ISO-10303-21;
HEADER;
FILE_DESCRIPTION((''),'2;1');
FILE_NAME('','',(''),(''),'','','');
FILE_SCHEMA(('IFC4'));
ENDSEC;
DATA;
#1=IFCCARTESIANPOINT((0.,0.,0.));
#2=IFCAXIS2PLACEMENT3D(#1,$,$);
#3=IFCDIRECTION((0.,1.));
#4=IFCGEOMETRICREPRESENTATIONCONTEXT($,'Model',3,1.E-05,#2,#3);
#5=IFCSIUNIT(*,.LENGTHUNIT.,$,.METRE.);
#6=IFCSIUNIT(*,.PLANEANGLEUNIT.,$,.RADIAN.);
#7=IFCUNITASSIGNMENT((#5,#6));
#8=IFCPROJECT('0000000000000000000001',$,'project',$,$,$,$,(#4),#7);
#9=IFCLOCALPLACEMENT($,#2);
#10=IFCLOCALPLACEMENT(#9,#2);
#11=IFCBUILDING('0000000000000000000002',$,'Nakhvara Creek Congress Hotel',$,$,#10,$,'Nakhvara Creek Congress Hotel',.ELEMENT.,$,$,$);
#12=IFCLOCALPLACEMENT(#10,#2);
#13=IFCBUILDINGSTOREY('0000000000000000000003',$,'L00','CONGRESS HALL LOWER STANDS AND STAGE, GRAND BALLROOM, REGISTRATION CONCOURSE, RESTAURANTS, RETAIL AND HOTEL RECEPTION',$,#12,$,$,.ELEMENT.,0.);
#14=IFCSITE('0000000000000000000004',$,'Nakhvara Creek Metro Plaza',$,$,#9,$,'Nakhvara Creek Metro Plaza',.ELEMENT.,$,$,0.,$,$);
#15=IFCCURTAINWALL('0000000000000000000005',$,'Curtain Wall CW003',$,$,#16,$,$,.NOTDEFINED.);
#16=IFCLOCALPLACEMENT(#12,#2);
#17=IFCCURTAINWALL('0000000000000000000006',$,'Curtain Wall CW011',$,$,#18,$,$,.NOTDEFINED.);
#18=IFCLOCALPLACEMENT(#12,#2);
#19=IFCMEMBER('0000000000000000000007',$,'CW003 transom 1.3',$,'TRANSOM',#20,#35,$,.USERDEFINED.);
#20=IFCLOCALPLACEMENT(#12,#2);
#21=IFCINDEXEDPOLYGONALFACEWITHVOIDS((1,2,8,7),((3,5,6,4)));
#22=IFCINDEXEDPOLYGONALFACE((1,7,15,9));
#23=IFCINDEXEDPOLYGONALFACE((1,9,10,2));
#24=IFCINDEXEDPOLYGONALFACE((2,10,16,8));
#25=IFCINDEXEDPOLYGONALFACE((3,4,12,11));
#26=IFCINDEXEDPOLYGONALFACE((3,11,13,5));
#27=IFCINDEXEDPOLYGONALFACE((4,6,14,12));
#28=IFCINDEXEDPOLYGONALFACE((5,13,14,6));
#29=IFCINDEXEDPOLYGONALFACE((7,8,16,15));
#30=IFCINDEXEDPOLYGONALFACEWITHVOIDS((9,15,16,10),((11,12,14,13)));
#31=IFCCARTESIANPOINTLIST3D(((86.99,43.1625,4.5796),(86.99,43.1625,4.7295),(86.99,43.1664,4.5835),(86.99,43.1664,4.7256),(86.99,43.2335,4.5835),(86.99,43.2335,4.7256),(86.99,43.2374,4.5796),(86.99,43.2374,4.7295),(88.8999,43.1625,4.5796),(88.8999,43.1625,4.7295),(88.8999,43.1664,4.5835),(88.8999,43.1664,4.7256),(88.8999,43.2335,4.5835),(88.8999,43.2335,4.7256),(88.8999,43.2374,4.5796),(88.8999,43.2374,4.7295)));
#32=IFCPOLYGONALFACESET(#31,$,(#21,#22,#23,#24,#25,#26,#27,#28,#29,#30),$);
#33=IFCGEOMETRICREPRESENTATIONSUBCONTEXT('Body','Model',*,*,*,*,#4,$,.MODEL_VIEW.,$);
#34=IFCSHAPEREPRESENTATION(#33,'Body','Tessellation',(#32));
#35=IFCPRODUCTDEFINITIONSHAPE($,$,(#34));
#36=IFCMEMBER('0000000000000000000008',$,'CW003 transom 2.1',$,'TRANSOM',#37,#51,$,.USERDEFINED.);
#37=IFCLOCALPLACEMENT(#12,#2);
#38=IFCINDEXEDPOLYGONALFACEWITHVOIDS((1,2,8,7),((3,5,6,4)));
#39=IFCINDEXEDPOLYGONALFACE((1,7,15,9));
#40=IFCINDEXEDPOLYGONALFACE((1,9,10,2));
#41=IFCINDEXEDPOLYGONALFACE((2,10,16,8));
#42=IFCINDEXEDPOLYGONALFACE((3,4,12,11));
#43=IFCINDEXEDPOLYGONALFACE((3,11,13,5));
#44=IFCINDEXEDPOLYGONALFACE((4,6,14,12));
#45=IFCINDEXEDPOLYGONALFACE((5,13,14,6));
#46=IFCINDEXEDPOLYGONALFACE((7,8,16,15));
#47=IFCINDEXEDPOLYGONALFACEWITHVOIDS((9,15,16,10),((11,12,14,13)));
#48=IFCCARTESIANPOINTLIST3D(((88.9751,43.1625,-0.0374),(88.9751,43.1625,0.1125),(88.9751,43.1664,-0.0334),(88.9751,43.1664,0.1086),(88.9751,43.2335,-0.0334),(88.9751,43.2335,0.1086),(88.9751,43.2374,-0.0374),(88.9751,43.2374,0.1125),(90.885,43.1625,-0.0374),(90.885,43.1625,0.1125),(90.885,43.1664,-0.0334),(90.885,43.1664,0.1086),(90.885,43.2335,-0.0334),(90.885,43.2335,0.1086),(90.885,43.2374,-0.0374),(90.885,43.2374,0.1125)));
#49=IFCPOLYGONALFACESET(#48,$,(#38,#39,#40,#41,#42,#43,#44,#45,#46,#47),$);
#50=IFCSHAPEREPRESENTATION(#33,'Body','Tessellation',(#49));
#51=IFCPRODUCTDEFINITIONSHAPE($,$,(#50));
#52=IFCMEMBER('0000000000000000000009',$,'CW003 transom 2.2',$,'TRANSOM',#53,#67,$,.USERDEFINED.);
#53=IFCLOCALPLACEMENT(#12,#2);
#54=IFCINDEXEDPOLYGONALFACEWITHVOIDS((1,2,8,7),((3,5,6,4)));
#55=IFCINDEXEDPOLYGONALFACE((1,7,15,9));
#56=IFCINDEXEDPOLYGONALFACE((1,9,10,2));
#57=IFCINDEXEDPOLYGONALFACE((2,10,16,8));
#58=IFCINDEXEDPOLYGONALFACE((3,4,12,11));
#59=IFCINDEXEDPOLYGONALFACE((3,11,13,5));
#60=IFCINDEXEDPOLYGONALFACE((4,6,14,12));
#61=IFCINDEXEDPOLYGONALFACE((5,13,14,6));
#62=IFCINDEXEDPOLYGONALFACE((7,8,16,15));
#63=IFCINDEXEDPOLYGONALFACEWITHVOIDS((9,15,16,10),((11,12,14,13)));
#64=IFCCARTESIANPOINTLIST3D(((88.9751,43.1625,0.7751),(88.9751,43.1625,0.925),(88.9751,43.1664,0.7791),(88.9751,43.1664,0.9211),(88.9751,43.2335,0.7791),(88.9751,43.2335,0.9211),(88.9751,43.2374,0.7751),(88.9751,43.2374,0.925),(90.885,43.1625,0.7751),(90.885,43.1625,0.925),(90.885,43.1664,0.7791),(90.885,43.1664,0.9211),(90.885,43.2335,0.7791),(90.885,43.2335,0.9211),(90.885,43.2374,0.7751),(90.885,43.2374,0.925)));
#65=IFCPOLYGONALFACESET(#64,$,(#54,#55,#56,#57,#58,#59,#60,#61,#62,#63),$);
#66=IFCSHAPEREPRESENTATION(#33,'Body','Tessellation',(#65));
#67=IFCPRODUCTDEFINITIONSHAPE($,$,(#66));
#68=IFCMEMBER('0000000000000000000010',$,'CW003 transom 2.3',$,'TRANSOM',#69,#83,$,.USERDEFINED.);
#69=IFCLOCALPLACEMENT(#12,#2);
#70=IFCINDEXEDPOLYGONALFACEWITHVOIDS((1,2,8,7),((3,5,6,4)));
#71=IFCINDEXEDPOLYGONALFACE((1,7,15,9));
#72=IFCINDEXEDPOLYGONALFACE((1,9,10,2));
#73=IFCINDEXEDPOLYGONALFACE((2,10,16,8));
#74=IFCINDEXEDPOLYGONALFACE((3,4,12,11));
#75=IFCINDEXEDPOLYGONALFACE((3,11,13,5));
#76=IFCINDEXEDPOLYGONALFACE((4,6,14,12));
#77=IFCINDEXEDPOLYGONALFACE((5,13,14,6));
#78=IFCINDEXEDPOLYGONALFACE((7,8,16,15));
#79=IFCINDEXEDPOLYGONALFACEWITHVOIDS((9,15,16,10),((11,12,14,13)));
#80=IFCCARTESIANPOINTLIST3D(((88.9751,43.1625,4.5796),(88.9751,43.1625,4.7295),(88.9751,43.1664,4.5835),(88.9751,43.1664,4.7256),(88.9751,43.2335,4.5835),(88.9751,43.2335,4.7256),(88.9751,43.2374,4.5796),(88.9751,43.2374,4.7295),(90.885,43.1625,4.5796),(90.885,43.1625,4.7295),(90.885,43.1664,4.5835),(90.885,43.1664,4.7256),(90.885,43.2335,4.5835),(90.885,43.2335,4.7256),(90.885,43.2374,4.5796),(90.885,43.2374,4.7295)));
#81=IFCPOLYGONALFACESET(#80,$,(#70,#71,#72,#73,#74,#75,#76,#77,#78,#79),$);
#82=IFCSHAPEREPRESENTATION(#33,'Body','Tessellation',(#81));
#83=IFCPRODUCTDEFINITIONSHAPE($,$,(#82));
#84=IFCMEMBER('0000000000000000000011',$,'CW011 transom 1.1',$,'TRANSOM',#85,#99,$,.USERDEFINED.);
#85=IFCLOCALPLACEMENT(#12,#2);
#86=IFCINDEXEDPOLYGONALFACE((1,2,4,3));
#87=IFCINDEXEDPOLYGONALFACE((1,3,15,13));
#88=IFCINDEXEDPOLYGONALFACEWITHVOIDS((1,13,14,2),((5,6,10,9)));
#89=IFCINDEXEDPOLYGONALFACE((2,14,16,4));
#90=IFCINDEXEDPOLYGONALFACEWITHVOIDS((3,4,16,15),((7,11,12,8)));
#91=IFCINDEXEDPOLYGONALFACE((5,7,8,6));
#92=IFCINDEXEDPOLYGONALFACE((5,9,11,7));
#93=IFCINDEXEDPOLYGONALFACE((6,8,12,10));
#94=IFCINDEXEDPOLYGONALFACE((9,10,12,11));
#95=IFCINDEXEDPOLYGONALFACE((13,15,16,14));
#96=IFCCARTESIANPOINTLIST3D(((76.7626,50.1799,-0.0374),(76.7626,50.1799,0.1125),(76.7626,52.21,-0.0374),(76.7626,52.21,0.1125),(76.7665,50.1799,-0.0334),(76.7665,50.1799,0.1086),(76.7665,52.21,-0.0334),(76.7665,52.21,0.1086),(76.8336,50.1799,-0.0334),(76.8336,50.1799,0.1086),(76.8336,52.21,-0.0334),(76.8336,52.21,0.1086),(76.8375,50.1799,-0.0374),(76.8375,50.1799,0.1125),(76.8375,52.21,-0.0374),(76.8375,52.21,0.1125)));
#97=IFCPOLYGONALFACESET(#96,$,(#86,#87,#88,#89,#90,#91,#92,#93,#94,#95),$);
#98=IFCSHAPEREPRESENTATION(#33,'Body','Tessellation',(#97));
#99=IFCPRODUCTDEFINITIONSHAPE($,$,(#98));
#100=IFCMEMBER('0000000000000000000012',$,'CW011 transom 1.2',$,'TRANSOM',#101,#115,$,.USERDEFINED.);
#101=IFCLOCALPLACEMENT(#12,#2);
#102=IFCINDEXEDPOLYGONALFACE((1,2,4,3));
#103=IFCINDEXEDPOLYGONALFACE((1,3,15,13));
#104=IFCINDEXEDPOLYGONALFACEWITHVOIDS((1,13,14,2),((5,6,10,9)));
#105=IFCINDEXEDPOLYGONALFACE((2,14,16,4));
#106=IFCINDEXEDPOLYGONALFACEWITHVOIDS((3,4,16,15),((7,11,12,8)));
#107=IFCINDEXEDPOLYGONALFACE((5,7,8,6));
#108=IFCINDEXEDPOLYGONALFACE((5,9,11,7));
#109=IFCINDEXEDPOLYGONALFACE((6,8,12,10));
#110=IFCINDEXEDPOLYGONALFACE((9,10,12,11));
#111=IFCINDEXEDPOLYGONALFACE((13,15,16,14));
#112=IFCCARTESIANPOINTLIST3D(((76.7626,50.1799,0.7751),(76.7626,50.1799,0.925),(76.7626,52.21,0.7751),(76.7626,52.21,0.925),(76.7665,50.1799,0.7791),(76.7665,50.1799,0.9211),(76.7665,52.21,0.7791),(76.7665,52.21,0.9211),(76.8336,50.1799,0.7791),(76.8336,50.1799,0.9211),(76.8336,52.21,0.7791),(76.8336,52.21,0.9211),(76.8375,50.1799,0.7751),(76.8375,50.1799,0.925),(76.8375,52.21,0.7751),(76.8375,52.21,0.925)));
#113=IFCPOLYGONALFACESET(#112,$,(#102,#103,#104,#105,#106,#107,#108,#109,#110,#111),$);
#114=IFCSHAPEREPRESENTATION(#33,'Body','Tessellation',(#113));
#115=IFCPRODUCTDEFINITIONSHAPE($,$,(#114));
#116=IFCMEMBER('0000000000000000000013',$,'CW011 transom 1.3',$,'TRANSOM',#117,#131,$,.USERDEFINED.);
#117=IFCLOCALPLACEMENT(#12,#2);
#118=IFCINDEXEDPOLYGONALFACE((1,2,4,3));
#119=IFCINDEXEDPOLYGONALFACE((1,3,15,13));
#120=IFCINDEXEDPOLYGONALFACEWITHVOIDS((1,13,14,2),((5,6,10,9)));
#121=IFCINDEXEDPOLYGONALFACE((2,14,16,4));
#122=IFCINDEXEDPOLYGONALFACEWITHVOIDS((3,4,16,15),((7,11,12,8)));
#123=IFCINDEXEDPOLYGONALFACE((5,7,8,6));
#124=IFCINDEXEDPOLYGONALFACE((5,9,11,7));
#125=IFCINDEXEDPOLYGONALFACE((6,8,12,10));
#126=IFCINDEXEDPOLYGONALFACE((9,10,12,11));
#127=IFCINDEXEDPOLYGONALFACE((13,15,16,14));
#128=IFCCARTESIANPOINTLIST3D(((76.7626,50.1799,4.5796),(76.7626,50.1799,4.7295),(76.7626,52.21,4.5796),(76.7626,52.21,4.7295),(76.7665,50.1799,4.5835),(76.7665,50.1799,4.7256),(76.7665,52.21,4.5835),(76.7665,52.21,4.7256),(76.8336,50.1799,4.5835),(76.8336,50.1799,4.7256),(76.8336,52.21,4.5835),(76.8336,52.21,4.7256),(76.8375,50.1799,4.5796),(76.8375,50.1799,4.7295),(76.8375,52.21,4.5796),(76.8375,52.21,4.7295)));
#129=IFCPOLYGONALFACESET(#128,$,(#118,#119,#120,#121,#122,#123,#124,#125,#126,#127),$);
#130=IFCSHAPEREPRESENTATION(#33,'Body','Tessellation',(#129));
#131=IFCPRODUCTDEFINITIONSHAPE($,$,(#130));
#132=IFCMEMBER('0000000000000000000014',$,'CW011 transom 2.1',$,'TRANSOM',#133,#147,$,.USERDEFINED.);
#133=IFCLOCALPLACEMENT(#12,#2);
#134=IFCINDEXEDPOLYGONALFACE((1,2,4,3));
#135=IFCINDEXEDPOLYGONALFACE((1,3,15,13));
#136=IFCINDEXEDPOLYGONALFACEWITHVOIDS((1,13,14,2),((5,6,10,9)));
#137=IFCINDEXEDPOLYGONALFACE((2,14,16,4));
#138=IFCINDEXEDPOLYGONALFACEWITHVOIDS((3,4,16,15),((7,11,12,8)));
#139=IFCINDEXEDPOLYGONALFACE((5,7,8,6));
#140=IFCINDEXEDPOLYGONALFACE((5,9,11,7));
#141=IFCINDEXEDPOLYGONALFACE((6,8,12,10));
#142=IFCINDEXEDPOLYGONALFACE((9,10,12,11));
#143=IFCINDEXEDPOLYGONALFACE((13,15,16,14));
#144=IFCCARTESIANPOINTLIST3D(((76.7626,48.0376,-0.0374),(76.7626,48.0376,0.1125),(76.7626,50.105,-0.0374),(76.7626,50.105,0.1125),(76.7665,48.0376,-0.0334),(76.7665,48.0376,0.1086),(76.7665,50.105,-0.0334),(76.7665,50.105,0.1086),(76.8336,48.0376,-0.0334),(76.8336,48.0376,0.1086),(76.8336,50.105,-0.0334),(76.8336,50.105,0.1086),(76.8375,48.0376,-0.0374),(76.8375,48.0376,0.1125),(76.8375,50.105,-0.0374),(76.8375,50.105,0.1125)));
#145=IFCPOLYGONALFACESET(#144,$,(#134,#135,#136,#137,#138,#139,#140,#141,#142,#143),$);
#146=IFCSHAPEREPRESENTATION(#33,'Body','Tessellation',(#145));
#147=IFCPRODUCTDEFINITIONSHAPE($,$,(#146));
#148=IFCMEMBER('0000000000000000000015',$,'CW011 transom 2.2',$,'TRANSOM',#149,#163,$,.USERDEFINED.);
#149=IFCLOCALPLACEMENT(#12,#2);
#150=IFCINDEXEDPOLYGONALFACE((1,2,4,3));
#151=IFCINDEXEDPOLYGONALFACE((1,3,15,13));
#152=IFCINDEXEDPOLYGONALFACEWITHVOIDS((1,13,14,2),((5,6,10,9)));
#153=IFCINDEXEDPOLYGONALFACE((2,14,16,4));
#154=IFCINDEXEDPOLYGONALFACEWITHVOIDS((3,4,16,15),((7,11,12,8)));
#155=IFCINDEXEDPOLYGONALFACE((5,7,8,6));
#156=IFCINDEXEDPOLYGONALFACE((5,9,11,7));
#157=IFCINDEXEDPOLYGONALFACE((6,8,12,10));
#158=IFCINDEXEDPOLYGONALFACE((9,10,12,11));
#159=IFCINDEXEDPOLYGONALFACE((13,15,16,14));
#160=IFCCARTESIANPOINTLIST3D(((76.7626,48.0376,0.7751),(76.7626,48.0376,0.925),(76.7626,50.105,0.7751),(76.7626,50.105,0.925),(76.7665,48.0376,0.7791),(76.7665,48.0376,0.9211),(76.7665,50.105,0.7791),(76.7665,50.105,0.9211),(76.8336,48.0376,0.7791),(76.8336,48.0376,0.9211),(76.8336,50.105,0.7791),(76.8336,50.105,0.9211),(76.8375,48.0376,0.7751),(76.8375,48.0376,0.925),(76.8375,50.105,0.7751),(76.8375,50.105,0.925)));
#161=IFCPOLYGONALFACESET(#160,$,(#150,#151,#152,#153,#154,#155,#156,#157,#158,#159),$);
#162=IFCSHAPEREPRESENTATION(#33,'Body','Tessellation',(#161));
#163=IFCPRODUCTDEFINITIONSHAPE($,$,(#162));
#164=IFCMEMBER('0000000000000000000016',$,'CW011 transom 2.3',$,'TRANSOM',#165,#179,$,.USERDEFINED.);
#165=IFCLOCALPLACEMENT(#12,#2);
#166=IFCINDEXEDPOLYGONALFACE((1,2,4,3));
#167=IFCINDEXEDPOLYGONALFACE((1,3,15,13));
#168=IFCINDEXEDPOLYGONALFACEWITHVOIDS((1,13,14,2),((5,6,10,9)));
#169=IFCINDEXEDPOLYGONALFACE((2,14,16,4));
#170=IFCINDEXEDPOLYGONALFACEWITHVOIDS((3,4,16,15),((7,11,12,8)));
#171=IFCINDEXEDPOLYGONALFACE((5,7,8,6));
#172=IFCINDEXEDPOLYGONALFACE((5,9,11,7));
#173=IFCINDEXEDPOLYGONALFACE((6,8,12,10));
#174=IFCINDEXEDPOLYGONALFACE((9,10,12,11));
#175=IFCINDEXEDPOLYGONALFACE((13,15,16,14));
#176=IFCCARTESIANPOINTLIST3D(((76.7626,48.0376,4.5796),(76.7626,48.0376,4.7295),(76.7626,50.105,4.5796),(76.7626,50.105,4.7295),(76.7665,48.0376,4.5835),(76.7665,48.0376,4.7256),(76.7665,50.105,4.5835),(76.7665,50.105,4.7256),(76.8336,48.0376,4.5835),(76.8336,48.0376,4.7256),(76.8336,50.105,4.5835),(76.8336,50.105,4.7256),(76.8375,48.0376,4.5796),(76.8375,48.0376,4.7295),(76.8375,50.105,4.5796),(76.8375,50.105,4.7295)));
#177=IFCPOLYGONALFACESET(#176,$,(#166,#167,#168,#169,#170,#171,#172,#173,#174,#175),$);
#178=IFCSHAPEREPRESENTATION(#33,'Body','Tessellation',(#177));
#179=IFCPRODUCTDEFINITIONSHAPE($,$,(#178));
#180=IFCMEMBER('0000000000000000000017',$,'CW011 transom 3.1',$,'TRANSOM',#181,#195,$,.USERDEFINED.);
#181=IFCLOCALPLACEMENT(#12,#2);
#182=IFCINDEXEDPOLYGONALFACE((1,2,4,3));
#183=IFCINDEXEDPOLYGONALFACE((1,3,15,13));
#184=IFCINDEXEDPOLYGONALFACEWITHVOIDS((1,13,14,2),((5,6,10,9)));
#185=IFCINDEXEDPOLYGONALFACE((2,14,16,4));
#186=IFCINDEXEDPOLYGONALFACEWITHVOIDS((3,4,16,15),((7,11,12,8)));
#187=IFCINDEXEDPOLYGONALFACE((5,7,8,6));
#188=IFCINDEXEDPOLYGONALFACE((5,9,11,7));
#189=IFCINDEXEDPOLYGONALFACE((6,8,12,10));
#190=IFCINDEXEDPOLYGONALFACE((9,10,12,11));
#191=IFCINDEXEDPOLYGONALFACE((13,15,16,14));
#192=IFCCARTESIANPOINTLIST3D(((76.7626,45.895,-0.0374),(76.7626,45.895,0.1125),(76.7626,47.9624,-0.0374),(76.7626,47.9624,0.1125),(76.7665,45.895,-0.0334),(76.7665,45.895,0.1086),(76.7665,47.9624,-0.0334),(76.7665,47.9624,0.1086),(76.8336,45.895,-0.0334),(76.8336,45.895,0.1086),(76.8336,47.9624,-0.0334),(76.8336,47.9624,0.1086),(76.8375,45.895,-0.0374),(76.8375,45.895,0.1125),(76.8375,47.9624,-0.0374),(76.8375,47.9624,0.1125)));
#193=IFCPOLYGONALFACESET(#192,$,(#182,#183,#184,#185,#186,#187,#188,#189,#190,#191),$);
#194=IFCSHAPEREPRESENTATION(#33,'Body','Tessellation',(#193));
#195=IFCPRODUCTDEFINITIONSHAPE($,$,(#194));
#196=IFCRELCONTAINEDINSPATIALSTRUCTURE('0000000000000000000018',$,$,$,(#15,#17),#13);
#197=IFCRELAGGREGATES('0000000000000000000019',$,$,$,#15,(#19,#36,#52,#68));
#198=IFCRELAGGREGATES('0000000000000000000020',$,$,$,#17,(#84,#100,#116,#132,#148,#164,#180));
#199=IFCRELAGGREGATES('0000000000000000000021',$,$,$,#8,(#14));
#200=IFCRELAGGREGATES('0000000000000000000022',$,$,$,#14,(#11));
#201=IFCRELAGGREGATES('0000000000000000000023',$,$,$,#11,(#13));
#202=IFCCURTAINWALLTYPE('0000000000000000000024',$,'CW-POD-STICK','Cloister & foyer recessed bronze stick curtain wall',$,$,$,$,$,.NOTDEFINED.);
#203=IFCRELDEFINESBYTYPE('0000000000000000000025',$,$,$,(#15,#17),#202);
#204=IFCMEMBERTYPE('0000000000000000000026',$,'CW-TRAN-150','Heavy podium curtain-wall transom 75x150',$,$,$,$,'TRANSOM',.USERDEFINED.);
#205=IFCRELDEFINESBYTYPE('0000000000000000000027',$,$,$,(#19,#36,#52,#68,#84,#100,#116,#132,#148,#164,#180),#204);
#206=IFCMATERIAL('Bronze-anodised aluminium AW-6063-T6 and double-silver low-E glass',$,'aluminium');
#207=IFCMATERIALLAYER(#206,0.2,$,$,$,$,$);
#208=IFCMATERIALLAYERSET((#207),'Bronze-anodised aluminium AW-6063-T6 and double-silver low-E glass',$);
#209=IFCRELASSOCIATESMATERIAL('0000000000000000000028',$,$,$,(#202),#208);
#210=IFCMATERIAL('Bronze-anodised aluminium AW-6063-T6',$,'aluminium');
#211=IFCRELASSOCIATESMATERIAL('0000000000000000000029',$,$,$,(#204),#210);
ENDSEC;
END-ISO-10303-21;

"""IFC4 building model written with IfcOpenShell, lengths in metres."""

from ifc_helpers import new_model, si_unit, direction, frame, origin, origin_2d, place, context, subcontext, project, spatial, hollow_rectangle, extrude, material, layer, layer_set, material_profile, profile_set, type_object, element, aggregate, save


model = new_model("IFC4")

# Units and contexts
model_context = context("Model", 3, precision=1e-05, world=origin(), true_north=direction((0.0, 1.0)))
body_context = subcontext(model_context, "Body", "Model", "MODEL_VIEW")
ifc_project = project(units=[si_unit("LENGTHUNIT", "METRE"), si_unit("PLANEANGLEUNIT", "RADIAN")], contexts=[model_context])

# Site, building, storey
site_placement = place(None, origin())
site = spatial("IfcSite", under=ifc_project, at=site_placement, Name="Nakhvara Creek Metro Plaza", LongName="Nakhvara Creek Metro Plaza", CompositionType="ELEMENT", RefElevation=0.0)
building_placement = place(site_placement, origin())
building = spatial("IfcBuilding", under=site, at=building_placement, Name="Nakhvara Creek Congress Hotel", LongName="Nakhvara Creek Congress Hotel", CompositionType="ELEMENT")
storey_placement = place(building_placement, origin())
storey = spatial("IfcBuildingStorey", under=building, at=storey_placement, Name="L00", Description="CONGRESS HALL LOWER STANDS AND STAGE, GRAND BALLROOM, REGISTRATION CONCOURSE, RESTAURANTS, RETAIL AND HOTEL RECEPTION", CompositionType="ELEMENT", Elevation=0.0)

# Curtain walls
ifc_material_1 = material(Name="Bronze-anodised aluminium AW-6063-T6 and double-silver low-E glass", Category="aluminium")
ifc_layer = layer(ifc_material_1, 0.2)
ifc_layer_set = layer_set([ifc_layer], Name="Bronze-anodised aluminium AW-6063-T6 and double-silver low-E glass")
curtain_wall_type = type_object("IfcCurtainWallType", Name="CW-POD-STICK", Description="Cloister & foyer recessed bronze stick curtain wall", PredefinedType="NOTDEFINED", material=ifc_layer_set)
curtain_wall_1_placement = place(storey_placement, origin())
curtain_wall_1 = element("IfcCurtainWall", 1, at=curtain_wall_1_placement, inside=storey, type_object=curtain_wall_type, Name="Curtain Wall CW003", PredefinedType="NOTDEFINED")
ifc_material_2 = material(Name="Bronze-anodised aluminium AW-6063-T6", Category="aluminium")
curtain_wall_2_placement = place(storey_placement, origin())
curtain_wall_2 = element("IfcCurtainWall", 2, at=curtain_wall_2_placement, inside=storey, type_object=curtain_wall_type, Name="Curtain Wall CW011", PredefinedType="NOTDEFINED")

# Members
ifc_material_profile_1 = material_profile(ifc_material_2, hollow_rectangle(XDim=0.075, YDim=0.1499, WallThickness=0.0039, at=origin_2d()), Name="ALU-TRAN 75x150x4", Category="LoadBearing")
ifc_profile_set_1 = profile_set([ifc_material_profile_1], Name="Bronze-anodised aluminium AW-6063-T6")
member_type_1 = type_object("IfcMemberType", Name="CW-TRAN-150", Description="Heavy podium curtain-wall transom 75x150", ElementType="TRANSOM", PredefinedType="USERDEFINED", material=ifc_profile_set_1)
member_1_placement = place(storey_placement, frame((86.99, 43.2, 4.6545), z_axis=(1.0, 0.0, 0.0), x_axis=(0.0, 1.0, 0.0)))
member_1 = element("IfcMember", 3, at=member_1_placement, type_object=member_type_1, Name="CW003 transom 1.3", ObjectType="TRANSOM", PredefinedType="USERDEFINED", context=body_context, shape_type="SweptSolid", body=[
    extrude(hollow_rectangle(XDim=0.075, YDim=0.1499, WallThickness=0.0039, at=origin_2d()), origin(), (0.0, 0.0, 1.0), 1.9099),
])
member_2_placement = place(storey_placement, frame((88.9751, 43.2, 0.0376), z_axis=(1.0, 0.0, 0.0), x_axis=(0.0, 1.0, 0.0)))
member_2 = element("IfcMember", 4, at=member_2_placement, type_object=member_type_1, Name="CW003 transom 2.1", ObjectType="TRANSOM", PredefinedType="USERDEFINED", context=body_context, shape_type="SweptSolid", body=[
    extrude(hollow_rectangle(XDim=0.075, YDim=0.1499, WallThickness=0.0039, at=origin_2d()), origin(), (0.0, 0.0, 1.0), 1.9099),
])
member_3_placement = place(storey_placement, frame((88.9751, 43.2, 0.8501), z_axis=(1.0, 0.0, 0.0), x_axis=(0.0, 1.0, 0.0)))
member_3 = element("IfcMember", 5, at=member_3_placement, type_object=member_type_1, Name="CW003 transom 2.2", ObjectType="TRANSOM", PredefinedType="USERDEFINED", context=body_context, shape_type="SweptSolid", body=[
    extrude(hollow_rectangle(XDim=0.075, YDim=0.1499, WallThickness=0.0039, at=origin_2d()), origin(), (0.0, 0.0, 1.0), 1.9099),
])
member_4_placement = place(storey_placement, frame((88.9751, 43.2, 4.6545), z_axis=(1.0, 0.0, 0.0), x_axis=(0.0, 1.0, 0.0)))
member_4 = element("IfcMember", 6, at=member_4_placement, type_object=member_type_1, Name="CW003 transom 2.3", ObjectType="TRANSOM", PredefinedType="USERDEFINED", context=body_context, shape_type="SweptSolid", body=[
    extrude(hollow_rectangle(XDim=0.075, YDim=0.1499, WallThickness=0.0039, at=origin_2d()), origin(), (0.0, 0.0, 1.0), 1.9099),
])
member_5_placement = place(storey_placement, frame((76.8, 52.21, 0.0376), z_axis=(0.0, -1.0, 0.0), x_axis=(1.0, 0.0, 0.0)))
member_5 = element("IfcMember", 7, at=member_5_placement, type_object=member_type_1, Name="CW011 transom 1.1", ObjectType="TRANSOM", PredefinedType="USERDEFINED", context=body_context, shape_type="SweptSolid", body=[
    extrude(hollow_rectangle(XDim=0.075, YDim=0.1499, WallThickness=0.0039, at=origin_2d()), origin(), (0.0, 0.0, 1.0), 2.03),
])
member_6_placement = place(storey_placement, frame((76.8, 52.21, 0.8501), z_axis=(0.0, -1.0, 0.0), x_axis=(1.0, 0.0, 0.0)))
member_6 = element("IfcMember", 8, at=member_6_placement, type_object=member_type_1, Name="CW011 transom 1.2", ObjectType="TRANSOM", PredefinedType="USERDEFINED", context=body_context, shape_type="SweptSolid", body=[
    extrude(hollow_rectangle(XDim=0.075, YDim=0.1499, WallThickness=0.0039, at=origin_2d()), origin(), (0.0, 0.0, 1.0), 2.03),
])
member_7_placement = place(storey_placement, frame((76.8, 52.21, 4.6545), z_axis=(0.0, -1.0, 0.0), x_axis=(1.0, 0.0, 0.0)))
member_7 = element("IfcMember", 9, at=member_7_placement, type_object=member_type_1, Name="CW011 transom 1.3", ObjectType="TRANSOM", PredefinedType="USERDEFINED", context=body_context, shape_type="SweptSolid", body=[
    extrude(hollow_rectangle(XDim=0.075, YDim=0.1499, WallThickness=0.0039, at=origin_2d()), origin(), (0.0, 0.0, 1.0), 2.03),
])
member_8_placement = place(storey_placement, frame((76.8, 50.105, 0.0376), z_axis=(0.0, -1.0, 0.0), x_axis=(1.0, 0.0, 0.0)))
member_8 = element("IfcMember", 10, at=member_8_placement, type_object=member_type_1, Name="CW011 transom 2.1", ObjectType="TRANSOM", PredefinedType="USERDEFINED", context=body_context, shape_type="SweptSolid", body=[
    extrude(hollow_rectangle(XDim=0.075, YDim=0.1499, WallThickness=0.0039, at=origin_2d()), origin(), (0.0, 0.0, 1.0), 2.0674),
])
member_9_placement = place(storey_placement, frame((76.8, 50.105, 0.8501), z_axis=(0.0, -1.0, 0.0), x_axis=(1.0, 0.0, 0.0)))
member_9 = element("IfcMember", 11, at=member_9_placement, type_object=member_type_1, Name="CW011 transom 2.2", ObjectType="TRANSOM", PredefinedType="USERDEFINED", context=body_context, shape_type="SweptSolid", body=[
    extrude(hollow_rectangle(XDim=0.075, YDim=0.1499, WallThickness=0.0039, at=origin_2d()), origin(), (0.0, 0.0, 1.0), 2.0674),
])
member_10_placement = place(storey_placement, frame((76.8, 50.105, 4.6545), z_axis=(0.0, -1.0, 0.0), x_axis=(1.0, 0.0, 0.0)))
member_10 = element("IfcMember", 12, at=member_10_placement, type_object=member_type_1, Name="CW011 transom 2.3", ObjectType="TRANSOM", PredefinedType="USERDEFINED", context=body_context, shape_type="SweptSolid", body=[
    extrude(hollow_rectangle(XDim=0.075, YDim=0.1499, WallThickness=0.0039, at=origin_2d()), origin(), (0.0, 0.0, 1.0), 2.0674),
])
member_11_placement = place(storey_placement, frame((76.8, 47.9624, 0.0376), z_axis=(0.0, -1.0, 0.0), x_axis=(1.0, 0.0, 0.0)))
member_11 = element("IfcMember", 13, at=member_11_placement, type_object=member_type_1, Name="CW011 transom 3.1", ObjectType="TRANSOM", PredefinedType="USERDEFINED", context=body_context, shape_type="SweptSolid", body=[
    extrude(hollow_rectangle(XDim=0.075, YDim=0.1499, WallThickness=0.0039, at=origin_2d()), origin(), (0.0, 0.0, 1.0), 2.0674),
])

aggregate(curtain_wall_1, [member_1, member_2, member_3, member_4])
aggregate(curtain_wall_2, [member_5, member_6, member_7, member_8, member_9, member_10, member_11])

save(model, "model.ifc")
